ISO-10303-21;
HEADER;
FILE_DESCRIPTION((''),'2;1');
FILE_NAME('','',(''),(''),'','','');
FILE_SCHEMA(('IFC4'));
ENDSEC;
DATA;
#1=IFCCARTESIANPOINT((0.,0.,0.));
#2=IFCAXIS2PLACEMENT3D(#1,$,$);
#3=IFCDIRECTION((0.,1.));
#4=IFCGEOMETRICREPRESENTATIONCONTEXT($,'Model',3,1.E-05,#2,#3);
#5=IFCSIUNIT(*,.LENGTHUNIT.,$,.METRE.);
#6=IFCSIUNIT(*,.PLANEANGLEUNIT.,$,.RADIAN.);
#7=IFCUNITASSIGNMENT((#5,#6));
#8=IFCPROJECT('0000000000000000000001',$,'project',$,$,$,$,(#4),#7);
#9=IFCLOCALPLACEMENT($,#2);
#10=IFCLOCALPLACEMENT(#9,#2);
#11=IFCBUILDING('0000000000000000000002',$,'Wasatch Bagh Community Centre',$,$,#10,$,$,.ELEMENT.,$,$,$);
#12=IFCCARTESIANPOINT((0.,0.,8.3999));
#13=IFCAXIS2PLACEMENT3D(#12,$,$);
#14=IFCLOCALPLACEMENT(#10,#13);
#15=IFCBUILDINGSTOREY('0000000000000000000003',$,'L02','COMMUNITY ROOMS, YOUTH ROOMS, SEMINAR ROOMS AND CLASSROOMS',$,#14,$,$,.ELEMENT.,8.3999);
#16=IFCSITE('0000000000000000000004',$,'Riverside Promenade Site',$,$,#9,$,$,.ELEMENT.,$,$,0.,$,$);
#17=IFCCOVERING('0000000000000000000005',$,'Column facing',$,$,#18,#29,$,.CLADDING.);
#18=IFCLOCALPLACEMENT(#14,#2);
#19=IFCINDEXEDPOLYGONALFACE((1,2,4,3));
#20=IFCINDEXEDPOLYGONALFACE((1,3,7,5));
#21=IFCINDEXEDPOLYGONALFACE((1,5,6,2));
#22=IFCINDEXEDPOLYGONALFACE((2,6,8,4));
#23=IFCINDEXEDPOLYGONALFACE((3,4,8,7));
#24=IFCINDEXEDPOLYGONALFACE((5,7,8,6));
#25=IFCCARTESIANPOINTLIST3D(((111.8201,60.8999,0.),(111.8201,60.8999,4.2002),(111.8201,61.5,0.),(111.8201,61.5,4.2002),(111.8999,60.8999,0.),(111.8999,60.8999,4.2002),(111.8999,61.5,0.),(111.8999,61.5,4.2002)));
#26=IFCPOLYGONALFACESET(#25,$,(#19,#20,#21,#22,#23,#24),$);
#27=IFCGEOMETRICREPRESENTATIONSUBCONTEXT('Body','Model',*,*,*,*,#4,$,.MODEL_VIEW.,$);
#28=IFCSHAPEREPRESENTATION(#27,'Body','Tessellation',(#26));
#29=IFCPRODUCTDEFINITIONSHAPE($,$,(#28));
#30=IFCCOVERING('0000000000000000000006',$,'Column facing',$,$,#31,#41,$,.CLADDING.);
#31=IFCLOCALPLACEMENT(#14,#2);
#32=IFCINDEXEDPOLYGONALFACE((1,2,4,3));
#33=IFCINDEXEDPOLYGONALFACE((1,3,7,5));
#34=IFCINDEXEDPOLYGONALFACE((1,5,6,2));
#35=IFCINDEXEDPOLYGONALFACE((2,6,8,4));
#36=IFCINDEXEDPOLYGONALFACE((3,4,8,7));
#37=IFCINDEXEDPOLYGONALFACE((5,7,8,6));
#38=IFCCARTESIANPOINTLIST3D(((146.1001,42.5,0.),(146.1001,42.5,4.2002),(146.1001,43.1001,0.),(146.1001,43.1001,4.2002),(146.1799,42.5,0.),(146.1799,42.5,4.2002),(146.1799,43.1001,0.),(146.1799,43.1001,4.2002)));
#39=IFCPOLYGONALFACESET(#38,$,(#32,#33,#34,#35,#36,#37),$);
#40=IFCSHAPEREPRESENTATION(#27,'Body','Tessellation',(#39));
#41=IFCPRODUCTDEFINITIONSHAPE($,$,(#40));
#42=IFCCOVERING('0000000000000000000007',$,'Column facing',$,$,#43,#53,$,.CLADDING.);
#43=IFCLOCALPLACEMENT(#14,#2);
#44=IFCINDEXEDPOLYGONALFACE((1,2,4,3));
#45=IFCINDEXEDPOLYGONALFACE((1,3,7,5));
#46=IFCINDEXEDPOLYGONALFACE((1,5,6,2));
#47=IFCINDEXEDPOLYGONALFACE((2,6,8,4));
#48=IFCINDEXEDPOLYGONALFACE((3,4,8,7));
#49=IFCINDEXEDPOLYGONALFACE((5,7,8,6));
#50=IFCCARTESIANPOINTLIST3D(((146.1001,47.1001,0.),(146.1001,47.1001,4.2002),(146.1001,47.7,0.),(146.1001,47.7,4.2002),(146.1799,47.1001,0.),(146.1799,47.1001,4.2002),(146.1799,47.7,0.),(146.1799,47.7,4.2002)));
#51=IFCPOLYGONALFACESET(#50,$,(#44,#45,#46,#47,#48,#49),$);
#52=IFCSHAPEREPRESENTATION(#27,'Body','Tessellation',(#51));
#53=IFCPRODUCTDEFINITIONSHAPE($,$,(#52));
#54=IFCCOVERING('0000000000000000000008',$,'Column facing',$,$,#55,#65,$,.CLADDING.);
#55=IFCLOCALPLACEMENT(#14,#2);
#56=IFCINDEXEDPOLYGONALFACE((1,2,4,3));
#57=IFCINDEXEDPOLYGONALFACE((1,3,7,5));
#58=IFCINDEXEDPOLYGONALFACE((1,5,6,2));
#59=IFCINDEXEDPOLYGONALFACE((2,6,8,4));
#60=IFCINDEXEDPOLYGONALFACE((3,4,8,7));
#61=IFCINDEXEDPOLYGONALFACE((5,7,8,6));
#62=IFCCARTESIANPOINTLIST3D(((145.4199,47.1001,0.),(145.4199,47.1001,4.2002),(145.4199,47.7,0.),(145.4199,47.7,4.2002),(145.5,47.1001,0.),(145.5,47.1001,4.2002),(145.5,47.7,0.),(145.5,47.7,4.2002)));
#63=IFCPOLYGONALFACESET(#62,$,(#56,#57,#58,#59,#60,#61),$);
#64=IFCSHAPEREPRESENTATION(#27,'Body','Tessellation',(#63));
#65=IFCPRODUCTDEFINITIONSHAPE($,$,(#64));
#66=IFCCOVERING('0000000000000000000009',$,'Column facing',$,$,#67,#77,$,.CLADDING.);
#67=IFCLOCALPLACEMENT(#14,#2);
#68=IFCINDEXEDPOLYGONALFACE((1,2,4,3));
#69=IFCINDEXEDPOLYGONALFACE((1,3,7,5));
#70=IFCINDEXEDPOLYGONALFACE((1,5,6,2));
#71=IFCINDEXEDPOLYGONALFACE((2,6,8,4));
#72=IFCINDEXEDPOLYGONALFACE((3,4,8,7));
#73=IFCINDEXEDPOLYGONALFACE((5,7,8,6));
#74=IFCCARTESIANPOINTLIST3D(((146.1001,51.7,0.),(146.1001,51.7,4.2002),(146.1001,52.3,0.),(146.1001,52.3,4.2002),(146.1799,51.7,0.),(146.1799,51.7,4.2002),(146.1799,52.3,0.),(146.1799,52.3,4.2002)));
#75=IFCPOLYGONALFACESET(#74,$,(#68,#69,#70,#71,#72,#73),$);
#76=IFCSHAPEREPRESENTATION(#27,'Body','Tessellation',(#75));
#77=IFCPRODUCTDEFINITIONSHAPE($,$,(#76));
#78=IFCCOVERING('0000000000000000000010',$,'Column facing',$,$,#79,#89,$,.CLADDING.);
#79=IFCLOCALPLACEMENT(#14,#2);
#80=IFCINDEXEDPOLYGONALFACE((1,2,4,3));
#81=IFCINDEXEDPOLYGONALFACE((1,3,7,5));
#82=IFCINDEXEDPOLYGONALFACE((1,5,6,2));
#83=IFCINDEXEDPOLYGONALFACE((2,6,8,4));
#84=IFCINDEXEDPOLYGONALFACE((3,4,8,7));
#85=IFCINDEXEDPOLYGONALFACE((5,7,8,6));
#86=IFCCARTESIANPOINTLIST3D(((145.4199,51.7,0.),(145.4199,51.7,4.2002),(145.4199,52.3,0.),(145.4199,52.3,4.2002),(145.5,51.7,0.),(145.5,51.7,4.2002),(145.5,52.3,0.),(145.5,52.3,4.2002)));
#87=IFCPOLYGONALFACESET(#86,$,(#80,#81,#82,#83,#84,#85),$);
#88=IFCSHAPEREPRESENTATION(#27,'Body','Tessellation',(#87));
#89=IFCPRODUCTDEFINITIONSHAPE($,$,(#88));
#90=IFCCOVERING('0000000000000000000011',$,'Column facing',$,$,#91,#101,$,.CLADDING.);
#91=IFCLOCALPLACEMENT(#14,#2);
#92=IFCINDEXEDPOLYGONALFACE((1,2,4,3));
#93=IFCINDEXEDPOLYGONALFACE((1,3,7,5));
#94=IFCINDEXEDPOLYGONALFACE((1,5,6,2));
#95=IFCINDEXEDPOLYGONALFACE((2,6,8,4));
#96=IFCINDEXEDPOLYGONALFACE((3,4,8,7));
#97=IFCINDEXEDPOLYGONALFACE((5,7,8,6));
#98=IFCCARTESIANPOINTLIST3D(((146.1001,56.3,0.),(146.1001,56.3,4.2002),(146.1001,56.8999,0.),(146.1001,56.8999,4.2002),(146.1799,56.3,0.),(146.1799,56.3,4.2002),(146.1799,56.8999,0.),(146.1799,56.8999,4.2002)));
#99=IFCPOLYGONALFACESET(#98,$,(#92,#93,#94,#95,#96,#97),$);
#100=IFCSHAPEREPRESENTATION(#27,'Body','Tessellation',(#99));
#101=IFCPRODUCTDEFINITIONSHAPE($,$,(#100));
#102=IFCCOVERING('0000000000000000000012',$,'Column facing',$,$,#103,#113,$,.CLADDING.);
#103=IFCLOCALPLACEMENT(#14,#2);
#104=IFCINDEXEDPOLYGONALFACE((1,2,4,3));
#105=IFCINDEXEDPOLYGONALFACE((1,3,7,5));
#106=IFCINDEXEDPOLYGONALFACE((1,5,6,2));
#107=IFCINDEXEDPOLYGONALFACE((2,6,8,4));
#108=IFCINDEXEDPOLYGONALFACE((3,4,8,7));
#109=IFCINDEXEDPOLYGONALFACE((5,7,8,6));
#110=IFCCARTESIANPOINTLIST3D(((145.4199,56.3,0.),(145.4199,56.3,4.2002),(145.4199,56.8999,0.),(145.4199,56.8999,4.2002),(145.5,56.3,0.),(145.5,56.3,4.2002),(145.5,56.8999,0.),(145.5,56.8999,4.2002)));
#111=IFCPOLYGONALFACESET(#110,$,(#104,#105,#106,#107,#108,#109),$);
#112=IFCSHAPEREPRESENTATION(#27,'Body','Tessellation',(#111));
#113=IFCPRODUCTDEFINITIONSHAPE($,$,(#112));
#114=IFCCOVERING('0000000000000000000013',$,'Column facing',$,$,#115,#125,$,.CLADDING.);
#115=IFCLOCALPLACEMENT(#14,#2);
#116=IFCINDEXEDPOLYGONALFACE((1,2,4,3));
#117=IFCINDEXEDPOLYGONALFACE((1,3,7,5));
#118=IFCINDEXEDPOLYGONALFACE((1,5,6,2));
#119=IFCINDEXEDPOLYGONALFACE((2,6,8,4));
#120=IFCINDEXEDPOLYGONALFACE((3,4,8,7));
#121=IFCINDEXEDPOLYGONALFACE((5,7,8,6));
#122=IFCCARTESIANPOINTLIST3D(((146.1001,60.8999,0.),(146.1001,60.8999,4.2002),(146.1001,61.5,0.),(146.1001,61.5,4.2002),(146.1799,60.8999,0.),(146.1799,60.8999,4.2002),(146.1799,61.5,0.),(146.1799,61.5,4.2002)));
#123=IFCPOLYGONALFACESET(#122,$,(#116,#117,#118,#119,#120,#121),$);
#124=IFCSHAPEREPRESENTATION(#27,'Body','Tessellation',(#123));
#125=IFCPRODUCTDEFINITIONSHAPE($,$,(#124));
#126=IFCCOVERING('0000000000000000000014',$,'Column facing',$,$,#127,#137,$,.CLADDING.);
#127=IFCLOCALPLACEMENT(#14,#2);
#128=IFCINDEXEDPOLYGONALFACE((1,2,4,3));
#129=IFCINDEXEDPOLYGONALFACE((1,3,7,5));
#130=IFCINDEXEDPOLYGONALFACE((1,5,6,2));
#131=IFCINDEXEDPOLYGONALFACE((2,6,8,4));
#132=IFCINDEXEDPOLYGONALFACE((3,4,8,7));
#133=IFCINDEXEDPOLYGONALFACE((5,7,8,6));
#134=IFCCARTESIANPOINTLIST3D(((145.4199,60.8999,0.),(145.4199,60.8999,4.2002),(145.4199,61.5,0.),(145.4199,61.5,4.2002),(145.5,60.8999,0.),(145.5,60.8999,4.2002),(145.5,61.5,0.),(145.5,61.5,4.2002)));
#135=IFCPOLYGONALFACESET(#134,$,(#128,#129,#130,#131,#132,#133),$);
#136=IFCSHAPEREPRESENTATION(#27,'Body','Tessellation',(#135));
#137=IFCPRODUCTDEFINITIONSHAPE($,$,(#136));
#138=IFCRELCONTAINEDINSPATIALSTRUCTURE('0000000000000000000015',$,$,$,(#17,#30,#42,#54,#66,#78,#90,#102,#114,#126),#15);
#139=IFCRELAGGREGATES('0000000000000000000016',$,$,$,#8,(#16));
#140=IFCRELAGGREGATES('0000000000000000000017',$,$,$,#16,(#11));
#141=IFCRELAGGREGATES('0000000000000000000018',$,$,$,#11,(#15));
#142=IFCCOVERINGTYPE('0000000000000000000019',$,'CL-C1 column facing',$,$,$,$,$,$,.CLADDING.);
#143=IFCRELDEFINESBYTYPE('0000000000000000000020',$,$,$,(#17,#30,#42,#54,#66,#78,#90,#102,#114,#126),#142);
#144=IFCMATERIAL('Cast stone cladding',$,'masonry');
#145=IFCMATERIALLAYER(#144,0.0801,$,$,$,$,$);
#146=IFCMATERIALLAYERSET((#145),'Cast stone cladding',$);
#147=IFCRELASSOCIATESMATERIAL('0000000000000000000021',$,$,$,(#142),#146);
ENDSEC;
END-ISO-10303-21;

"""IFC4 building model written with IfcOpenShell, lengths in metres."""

from ifc_helpers import new_model, si_unit, direction, frame, origin, place, context, subcontext, project, spatial, polyline, outline, extrude, material, layer, layer_set, type_object, element, save


model = new_model("IFC4")

# Units and contexts
model_context = context("Model", 3, precision=1e-05, world=origin(), true_north=direction((0.0, 1.0)))
body_context = subcontext(model_context, "Body", "Model", "MODEL_VIEW")
ifc_project = project(units=[si_unit("LENGTHUNIT", "METRE"), si_unit("PLANEANGLEUNIT", "RADIAN")], contexts=[model_context])

# Site, building, storey
site_placement = place(None, origin())
site = spatial("IfcSite", under=ifc_project, at=site_placement, Name="Riverside Promenade Site", CompositionType="ELEMENT", RefElevation=0.0)
building_placement = place(site_placement, origin())
building = spatial("IfcBuilding", under=site, at=building_placement, Name="Wasatch Bagh Community Centre", CompositionType="ELEMENT")
storey_placement = place(building_placement, frame((0.0, 0.0, 8.3999)))
storey = spatial("IfcBuildingStorey", under=building, at=storey_placement, Name="L02", Description="COMMUNITY ROOMS, YOUTH ROOMS, SEMINAR ROOMS AND CLASSROOMS", CompositionType="ELEMENT", Elevation=8.3999)

# Coverings
ifc_material = material(Name="Cast stone cladding", Category="masonry")
ifc_layer_1 = layer(ifc_material, 0.0801)
ifc_layer_set_1 = layer_set([ifc_layer_1], Name="Cast stone cladding")
covering_type_1 = type_object("IfcCoveringType", Name="CL-C1 column facing", PredefinedType="CLADDING", material=ifc_layer_set_1)
covering_1_placement = place(storey_placement, origin())
element("IfcCovering", 1, at=covering_1_placement, inside=storey, type_object=covering_type_1, Name="Column facing", PredefinedType="CLADDING", context=body_context, shape_type="SweptSolid", body=[
    extrude(outline(polyline([(111.8999, 60.8999), (111.8201, 60.8999), (111.8201, 61.5), (111.8999, 61.5), (111.8999, 60.8999)])), origin(), (0.0, 0.0, 1.0), 4.2002),
])
covering_2_placement = place(storey_placement, origin())
element("IfcCovering", 2, at=covering_2_placement, inside=storey, type_object=covering_type_1, Name="Column facing", PredefinedType="CLADDING", context=body_context, shape_type="SweptSolid", body=[
    extrude(outline(polyline([(146.1001, 42.5), (146.1001, 43.1001), (146.1799, 43.1001), (146.1799, 42.5), (146.1001, 42.5)])), origin(), (0.0, 0.0, 1.0), 4.2002),
])
covering_3_placement = place(storey_placement, origin())
element("IfcCovering", 3, at=covering_3_placement, inside=storey, type_object=covering_type_1, Name="Column facing", PredefinedType="CLADDING", context=body_context, shape_type="SweptSolid", body=[
    extrude(outline(polyline([(146.1001, 47.7), (146.1799, 47.7), (146.1799, 47.1001), (146.1001, 47.1001), (146.1001, 47.7)])), origin(), (0.0, 0.0, 1.0), 4.2002),
])
covering_4_placement = place(storey_placement, origin())
element("IfcCovering", 4, at=covering_4_placement, inside=storey, type_object=covering_type_1, Name="Column facing", PredefinedType="CLADDING", context=body_context, shape_type="SweptSolid", body=[
    extrude(outline(polyline([(145.5, 47.1001), (145.4199, 47.1001), (145.4199, 47.7), (145.5, 47.7), (145.5, 47.1001)])), origin(), (0.0, 0.0, 1.0), 4.2002),
])
covering_5_placement = place(storey_placement, origin())
element("IfcCovering", 5, at=covering_5_placement, inside=storey, type_object=covering_type_1, Name="Column facing", PredefinedType="CLADDING", context=body_context, shape_type="SweptSolid", body=[
    extrude(outline(polyline([(146.1001, 52.3), (146.1799, 52.3), (146.1799, 51.7), (146.1001, 51.7), (146.1001, 52.3)])), origin(), (0.0, 0.0, 1.0), 4.2002),
])
covering_6_placement = place(storey_placement, origin())
element("IfcCovering", 6, at=covering_6_placement, inside=storey, type_object=covering_type_1, Name="Column facing", PredefinedType="CLADDING", context=body_context, shape_type="SweptSolid", body=[
    extrude(outline(polyline([(145.5, 51.7), (145.4199, 51.7), (145.4199, 52.3), (145.5, 52.3), (145.5, 51.7)])), origin(), (0.0, 0.0, 1.0), 4.2002),
])
covering_7_placement = place(storey_placement, origin())
element("IfcCovering", 7, at=covering_7_placement, inside=storey, type_object=covering_type_1, Name="Column facing", PredefinedType="CLADDING", context=body_context, shape_type="SweptSolid", body=[
    extrude(outline(polyline([(146.1001, 56.8999), (146.1799, 56.8999), (146.1799, 56.3), (146.1001, 56.3), (146.1001, 56.8999)])), origin(), (0.0, 0.0, 1.0), 4.2002),
])
covering_8_placement = place(storey_placement, origin())
element("IfcCovering", 8, at=covering_8_placement, inside=storey, type_object=covering_type_1, Name="Column facing", PredefinedType="CLADDING", context=body_context, shape_type="SweptSolid", body=[
    extrude(outline(polyline([(145.5, 56.3), (145.4199, 56.3), (145.4199, 56.8999), (145.5, 56.8999), (145.5, 56.3)])), origin(), (0.0, 0.0, 1.0), 4.2002),
])
covering_9_placement = place(storey_placement, origin())
element("IfcCovering", 9, at=covering_9_placement, inside=storey, type_object=covering_type_1, Name="Column facing", PredefinedType="CLADDING", context=body_context, shape_type="SweptSolid", body=[
    extrude(outline(polyline([(146.1001, 61.5), (146.1799, 61.5), (146.1799, 60.8999), (146.1001, 60.8999), (146.1001, 61.5)])), origin(), (0.0, 0.0, 1.0), 4.2002),
])
covering_10_placement = place(storey_placement, origin())
element("IfcCovering", 10, at=covering_10_placement, inside=storey, type_object=covering_type_1, Name="Column facing", PredefinedType="CLADDING", context=body_context, shape_type="SweptSolid", body=[
    extrude(outline(polyline([(145.5, 60.8999), (145.4199, 60.8999), (145.4199, 61.5), (145.5, 61.5), (145.5, 60.8999)])), origin(), (0.0, 0.0, 1.0), 4.2002),
])

save(model, "model.ifc")
